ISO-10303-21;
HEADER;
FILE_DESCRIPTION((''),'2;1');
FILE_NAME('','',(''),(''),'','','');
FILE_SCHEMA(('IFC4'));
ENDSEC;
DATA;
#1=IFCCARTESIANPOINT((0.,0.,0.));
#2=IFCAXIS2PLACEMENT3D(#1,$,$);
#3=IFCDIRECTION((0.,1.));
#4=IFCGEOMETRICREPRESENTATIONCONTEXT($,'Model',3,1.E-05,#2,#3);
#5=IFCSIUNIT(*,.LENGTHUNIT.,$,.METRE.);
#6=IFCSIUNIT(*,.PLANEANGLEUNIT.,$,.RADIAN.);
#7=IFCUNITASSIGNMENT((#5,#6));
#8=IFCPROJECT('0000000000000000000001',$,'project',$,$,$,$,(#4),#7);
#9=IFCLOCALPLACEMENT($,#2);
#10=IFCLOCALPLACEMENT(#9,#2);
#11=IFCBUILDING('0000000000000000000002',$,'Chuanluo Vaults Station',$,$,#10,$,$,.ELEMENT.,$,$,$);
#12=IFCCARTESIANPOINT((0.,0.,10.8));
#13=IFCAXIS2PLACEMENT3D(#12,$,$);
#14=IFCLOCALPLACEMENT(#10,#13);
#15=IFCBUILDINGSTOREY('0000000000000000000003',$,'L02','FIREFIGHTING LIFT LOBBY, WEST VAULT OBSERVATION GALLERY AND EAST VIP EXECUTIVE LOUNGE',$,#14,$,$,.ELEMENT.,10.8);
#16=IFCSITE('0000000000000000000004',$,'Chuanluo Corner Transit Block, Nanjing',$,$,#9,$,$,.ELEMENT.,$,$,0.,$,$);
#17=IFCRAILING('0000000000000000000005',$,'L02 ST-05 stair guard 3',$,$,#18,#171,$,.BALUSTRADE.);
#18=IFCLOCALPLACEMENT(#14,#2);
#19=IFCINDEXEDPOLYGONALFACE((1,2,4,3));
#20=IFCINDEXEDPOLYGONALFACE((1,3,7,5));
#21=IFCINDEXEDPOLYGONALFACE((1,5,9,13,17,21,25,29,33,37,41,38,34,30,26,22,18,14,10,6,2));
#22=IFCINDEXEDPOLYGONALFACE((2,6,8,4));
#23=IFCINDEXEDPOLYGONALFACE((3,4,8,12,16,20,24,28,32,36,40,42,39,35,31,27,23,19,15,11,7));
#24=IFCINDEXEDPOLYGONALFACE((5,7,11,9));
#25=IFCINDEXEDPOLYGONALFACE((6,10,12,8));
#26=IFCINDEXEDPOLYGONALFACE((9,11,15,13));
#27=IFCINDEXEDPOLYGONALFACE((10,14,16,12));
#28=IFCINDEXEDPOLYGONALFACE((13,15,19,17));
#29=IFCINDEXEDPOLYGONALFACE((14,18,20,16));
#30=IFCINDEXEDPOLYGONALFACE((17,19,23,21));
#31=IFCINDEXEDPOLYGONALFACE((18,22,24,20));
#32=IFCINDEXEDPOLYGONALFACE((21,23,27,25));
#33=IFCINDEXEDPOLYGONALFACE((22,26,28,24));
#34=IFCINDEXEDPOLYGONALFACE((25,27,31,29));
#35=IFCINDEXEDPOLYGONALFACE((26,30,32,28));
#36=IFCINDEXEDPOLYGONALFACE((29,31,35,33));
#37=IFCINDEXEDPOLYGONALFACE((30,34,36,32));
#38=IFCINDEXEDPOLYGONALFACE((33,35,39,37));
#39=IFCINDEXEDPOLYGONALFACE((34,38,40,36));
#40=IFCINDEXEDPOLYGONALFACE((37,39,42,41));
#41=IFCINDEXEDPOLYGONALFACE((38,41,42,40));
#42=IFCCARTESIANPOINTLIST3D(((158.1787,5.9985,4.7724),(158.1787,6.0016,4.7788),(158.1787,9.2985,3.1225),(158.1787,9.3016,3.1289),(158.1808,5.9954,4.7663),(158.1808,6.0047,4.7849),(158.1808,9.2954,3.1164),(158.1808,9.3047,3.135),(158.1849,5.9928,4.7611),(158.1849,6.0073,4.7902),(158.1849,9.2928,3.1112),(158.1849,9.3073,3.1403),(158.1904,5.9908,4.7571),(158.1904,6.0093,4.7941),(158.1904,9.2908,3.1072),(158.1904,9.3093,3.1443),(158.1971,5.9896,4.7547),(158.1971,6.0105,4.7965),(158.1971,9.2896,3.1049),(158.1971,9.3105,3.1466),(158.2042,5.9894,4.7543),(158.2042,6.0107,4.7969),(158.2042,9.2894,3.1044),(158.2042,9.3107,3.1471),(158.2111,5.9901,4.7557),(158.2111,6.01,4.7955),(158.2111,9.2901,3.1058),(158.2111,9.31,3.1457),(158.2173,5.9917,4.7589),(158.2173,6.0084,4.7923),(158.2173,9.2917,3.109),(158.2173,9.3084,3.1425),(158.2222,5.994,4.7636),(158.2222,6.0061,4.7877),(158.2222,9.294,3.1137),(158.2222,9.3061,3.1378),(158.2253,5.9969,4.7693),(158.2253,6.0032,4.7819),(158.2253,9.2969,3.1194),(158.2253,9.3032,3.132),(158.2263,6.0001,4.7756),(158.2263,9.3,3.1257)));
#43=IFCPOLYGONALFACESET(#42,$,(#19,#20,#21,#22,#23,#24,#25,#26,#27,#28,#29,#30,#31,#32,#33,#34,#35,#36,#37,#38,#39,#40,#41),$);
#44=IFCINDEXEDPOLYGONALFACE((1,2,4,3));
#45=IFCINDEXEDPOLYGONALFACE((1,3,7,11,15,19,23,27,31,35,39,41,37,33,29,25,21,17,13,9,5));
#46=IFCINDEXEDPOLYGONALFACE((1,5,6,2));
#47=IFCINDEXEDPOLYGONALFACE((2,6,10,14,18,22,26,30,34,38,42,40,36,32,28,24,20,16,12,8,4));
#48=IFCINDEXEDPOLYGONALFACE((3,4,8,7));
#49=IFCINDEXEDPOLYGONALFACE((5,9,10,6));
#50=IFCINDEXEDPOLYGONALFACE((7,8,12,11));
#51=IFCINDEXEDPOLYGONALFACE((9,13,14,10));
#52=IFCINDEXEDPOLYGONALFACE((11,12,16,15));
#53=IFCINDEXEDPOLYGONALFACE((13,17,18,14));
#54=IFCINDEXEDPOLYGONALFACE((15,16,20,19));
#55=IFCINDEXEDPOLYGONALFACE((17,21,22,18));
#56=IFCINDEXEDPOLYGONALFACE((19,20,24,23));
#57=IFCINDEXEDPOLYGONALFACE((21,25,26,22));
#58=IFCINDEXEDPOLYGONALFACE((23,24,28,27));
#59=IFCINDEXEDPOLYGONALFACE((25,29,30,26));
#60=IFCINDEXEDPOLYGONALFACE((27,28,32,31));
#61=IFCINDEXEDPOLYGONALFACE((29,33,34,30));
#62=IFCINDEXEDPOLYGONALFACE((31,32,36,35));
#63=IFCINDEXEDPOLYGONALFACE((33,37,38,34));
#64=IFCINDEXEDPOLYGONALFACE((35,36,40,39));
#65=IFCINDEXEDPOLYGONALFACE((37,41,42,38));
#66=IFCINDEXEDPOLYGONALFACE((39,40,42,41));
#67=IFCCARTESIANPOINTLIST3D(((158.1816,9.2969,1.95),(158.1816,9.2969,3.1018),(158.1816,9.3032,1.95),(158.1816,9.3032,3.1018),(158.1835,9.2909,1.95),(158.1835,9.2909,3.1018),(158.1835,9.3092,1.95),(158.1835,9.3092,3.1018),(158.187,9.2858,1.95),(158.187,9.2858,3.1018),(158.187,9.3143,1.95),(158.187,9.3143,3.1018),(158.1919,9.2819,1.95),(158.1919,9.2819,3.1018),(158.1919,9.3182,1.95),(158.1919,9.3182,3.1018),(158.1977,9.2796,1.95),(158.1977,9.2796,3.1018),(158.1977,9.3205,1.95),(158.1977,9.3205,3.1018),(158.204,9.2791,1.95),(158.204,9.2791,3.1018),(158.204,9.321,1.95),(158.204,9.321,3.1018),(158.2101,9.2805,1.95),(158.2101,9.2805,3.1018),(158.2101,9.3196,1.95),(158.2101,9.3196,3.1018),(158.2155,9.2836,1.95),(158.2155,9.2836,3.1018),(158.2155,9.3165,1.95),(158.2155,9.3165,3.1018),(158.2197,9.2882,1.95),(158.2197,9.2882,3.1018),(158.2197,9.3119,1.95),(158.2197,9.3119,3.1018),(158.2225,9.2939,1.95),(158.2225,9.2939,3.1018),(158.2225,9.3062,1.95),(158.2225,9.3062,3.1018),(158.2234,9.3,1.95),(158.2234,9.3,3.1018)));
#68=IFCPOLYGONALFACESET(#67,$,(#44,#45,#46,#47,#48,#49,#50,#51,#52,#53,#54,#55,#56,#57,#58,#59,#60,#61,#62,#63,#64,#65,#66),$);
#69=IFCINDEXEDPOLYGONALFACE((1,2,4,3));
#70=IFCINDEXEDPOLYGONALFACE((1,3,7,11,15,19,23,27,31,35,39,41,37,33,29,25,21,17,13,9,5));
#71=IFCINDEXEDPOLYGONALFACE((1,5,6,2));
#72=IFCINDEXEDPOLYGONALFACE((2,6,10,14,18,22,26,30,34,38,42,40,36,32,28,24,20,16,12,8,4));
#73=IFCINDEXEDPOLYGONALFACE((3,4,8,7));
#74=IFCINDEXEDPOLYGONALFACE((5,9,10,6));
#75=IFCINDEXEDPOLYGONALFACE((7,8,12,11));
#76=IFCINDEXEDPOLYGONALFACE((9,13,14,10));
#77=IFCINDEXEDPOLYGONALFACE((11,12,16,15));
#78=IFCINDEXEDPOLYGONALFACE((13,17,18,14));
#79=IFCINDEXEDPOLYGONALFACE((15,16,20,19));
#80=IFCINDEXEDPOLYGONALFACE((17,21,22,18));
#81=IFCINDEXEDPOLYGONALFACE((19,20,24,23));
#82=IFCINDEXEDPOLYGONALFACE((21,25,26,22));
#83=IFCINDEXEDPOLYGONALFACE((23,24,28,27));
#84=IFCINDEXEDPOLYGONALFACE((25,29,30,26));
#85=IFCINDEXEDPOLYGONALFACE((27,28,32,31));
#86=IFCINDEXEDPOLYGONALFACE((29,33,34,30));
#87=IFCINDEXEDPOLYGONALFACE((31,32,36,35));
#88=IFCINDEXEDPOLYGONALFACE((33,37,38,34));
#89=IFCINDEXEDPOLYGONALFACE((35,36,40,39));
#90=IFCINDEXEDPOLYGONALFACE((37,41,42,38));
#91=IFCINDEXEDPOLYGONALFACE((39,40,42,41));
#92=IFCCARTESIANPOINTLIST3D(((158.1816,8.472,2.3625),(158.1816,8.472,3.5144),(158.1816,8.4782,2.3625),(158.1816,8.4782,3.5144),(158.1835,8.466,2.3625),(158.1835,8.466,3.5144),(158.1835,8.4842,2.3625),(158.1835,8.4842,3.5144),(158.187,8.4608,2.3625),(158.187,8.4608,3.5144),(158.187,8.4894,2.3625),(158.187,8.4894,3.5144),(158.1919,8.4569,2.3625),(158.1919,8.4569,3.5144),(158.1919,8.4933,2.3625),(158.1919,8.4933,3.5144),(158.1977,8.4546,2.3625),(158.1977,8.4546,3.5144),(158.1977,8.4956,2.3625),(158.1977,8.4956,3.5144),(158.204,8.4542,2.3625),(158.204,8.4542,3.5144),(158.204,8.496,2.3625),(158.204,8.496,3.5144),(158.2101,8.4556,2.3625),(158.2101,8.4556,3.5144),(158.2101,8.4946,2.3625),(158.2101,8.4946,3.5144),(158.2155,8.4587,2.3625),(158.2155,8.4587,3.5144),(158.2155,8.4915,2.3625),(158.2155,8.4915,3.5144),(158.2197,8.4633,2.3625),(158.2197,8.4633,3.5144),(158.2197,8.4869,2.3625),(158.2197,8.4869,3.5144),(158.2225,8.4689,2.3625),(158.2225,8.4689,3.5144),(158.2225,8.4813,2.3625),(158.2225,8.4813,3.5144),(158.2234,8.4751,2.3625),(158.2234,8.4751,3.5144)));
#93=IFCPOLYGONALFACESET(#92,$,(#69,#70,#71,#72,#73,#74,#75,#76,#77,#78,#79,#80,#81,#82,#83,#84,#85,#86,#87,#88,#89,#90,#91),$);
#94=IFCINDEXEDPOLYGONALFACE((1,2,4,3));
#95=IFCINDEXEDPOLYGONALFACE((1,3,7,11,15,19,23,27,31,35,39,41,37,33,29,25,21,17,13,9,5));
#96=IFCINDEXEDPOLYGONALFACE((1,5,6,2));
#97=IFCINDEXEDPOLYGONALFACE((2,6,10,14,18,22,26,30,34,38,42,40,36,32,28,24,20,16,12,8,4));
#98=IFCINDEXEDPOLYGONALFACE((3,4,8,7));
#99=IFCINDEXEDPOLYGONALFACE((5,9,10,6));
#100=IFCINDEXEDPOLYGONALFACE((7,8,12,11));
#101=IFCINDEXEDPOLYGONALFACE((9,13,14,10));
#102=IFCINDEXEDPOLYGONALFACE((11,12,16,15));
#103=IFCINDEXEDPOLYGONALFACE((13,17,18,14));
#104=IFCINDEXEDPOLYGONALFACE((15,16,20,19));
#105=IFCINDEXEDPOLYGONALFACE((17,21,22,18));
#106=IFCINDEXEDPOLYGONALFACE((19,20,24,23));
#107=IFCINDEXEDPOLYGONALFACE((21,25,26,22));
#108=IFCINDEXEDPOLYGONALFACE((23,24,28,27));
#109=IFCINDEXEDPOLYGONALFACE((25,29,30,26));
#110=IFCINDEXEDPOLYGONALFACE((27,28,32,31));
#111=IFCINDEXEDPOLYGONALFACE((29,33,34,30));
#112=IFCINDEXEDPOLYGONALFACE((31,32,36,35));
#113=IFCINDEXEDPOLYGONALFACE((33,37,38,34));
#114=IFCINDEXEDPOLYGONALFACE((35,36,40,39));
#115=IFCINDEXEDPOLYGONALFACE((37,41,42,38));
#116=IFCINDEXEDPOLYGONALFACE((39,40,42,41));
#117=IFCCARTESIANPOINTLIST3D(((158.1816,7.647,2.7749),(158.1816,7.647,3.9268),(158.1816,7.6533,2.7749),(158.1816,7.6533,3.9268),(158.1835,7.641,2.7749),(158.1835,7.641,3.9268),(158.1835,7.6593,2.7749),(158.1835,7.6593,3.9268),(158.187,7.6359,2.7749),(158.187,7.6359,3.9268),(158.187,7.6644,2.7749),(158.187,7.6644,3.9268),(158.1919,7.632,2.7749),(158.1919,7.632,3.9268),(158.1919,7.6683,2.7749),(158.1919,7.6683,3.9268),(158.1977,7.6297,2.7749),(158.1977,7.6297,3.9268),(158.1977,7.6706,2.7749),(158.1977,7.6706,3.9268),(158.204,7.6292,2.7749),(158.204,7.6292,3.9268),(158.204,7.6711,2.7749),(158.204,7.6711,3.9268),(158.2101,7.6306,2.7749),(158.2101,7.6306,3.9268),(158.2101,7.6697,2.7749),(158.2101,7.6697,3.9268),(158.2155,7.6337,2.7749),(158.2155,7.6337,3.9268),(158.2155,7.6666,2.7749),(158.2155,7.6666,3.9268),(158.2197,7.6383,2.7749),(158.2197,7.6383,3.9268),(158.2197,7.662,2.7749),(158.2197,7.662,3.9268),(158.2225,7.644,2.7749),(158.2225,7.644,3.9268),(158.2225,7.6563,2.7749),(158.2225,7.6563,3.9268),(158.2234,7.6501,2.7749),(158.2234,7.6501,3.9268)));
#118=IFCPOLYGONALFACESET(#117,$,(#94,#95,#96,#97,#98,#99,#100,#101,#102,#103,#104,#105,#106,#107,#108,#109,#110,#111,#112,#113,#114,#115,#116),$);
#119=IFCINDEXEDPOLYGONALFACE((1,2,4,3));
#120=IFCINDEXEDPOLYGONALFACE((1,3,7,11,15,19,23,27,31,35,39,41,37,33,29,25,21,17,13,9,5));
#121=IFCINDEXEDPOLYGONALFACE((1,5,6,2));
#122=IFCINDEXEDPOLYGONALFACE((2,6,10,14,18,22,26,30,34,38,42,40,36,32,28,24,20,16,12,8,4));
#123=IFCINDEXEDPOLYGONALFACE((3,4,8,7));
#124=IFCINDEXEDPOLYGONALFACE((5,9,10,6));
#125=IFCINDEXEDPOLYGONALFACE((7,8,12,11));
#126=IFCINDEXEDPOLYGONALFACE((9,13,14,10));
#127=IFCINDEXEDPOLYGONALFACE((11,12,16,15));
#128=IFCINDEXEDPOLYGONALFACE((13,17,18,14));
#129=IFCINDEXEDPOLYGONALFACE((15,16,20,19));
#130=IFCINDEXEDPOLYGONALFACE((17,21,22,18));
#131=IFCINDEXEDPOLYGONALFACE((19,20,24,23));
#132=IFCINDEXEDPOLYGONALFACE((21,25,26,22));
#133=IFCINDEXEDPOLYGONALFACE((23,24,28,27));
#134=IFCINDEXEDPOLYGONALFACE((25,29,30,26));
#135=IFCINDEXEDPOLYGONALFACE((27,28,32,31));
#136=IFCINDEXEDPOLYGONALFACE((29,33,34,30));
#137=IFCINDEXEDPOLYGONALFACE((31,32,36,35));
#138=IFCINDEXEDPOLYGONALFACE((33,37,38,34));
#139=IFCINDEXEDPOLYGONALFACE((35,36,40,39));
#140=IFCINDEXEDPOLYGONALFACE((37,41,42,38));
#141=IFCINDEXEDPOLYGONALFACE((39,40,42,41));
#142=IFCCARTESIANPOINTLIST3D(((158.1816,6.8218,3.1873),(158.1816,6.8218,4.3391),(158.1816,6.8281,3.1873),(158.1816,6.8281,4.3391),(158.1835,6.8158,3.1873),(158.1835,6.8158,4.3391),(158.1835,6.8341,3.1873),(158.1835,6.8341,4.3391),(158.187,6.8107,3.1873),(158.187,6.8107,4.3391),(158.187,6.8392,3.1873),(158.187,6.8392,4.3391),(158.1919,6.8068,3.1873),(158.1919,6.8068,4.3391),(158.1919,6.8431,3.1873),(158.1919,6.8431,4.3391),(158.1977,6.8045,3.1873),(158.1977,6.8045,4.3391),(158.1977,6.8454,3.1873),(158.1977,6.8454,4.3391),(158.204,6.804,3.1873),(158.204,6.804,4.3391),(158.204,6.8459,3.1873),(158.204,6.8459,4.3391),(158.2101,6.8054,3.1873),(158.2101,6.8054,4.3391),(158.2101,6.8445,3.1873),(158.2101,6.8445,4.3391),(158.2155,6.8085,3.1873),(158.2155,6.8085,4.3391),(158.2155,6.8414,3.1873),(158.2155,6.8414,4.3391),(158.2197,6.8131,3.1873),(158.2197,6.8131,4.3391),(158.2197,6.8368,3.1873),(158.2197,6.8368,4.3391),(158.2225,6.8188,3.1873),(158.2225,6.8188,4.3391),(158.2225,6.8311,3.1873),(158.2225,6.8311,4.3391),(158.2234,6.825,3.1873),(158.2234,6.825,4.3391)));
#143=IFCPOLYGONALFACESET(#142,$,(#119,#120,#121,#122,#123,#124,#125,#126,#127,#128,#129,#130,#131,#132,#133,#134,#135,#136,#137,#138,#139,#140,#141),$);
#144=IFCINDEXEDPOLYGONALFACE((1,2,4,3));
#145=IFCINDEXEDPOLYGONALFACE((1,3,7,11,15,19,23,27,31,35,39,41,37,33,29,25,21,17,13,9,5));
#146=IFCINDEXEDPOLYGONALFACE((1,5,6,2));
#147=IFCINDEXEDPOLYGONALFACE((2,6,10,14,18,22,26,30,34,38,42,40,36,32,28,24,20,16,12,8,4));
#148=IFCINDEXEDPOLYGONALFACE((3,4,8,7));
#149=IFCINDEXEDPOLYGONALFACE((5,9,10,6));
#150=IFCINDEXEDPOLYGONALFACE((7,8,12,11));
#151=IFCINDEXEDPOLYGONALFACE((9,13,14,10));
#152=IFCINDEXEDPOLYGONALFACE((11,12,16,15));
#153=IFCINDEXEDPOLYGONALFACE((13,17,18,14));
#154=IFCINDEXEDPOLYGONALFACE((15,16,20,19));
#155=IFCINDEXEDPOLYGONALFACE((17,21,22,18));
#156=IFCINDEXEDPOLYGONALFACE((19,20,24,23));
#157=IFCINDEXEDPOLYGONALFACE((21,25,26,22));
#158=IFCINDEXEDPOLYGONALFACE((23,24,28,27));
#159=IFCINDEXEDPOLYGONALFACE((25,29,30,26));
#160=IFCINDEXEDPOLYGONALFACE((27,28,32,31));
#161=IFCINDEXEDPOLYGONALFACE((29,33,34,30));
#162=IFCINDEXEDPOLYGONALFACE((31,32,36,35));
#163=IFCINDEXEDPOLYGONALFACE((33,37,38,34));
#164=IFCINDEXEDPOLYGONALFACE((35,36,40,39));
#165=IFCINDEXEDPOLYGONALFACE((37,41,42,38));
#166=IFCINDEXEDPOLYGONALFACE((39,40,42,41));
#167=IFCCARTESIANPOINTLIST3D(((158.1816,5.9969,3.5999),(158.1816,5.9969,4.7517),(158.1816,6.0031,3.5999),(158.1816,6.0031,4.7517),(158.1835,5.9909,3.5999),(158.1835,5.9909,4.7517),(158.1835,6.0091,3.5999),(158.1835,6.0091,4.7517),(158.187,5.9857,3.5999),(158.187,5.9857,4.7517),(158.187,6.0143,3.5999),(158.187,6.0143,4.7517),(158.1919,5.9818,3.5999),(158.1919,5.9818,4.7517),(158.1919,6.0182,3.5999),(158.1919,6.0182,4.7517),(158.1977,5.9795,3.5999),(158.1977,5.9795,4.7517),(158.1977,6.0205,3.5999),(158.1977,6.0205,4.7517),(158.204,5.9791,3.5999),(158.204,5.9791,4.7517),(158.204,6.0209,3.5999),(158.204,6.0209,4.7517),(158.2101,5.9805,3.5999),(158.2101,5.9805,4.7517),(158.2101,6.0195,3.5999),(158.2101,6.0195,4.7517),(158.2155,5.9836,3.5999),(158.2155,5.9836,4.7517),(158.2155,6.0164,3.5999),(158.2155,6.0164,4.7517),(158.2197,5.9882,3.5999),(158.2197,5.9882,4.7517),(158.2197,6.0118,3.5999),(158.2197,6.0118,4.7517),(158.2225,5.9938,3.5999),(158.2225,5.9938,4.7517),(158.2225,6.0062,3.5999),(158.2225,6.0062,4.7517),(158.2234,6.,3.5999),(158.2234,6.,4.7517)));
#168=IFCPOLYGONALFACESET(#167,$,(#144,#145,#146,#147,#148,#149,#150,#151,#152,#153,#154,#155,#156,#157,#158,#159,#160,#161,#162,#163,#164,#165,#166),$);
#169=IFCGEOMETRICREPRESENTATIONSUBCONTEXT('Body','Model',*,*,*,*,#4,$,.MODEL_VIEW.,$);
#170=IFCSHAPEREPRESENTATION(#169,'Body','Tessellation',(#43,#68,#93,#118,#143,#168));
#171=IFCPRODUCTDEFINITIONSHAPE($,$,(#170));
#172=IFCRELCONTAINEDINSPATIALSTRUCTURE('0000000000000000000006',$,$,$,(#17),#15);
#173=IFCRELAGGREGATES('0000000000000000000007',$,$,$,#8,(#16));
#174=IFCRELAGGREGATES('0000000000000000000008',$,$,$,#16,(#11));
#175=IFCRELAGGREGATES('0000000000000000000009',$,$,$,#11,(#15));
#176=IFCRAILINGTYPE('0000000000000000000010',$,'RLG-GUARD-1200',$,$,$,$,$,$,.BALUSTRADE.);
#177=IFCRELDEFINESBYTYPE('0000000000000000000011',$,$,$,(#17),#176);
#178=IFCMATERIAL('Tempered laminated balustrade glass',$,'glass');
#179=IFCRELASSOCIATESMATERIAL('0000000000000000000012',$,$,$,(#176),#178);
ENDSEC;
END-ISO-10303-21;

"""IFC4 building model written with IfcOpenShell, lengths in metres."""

from ifc_helpers import new_model, si_unit, direction, frame, origin, origin_2d, place, context, subcontext, project, spatial, circle, extrude, material, type_object, element, save


model = new_model("IFC4")

# Units and contexts
model_context = context("Model", 3, precision=1e-05, world=origin(), true_north=direction((0.0, 1.0)))
body_context = subcontext(model_context, "Body", "Model", "MODEL_VIEW")
ifc_project = project(units=[si_unit("LENGTHUNIT", "METRE"), si_unit("PLANEANGLEUNIT", "RADIAN")], contexts=[model_context])

# Site, building, storey
site_placement = place(None, origin())
site = spatial("IfcSite", under=ifc_project, at=site_placement, Name="Chuanluo Corner Transit Block, Nanjing", CompositionType="ELEMENT", RefElevation=0.0)
building_placement = place(site_placement, origin())
building = spatial("IfcBuilding", under=site, at=building_placement, Name="Chuanluo Vaults Station", CompositionType="ELEMENT")
storey_placement = place(building_placement, frame((0.0, 0.0, 10.8)))
storey = spatial("IfcBuildingStorey", under=building, at=storey_placement, Name="L02", Description="FIREFIGHTING LIFT LOBBY, WEST VAULT OBSERVATION GALLERY AND EAST VIP EXECUTIVE LOUNGE", CompositionType="ELEMENT", Elevation=10.8)

# Railing
ifc_material_1 = material(Name="Tempered laminated balustrade glass", Category="glass")
railing_type_1 = type_object("IfcRailingType", Name="RLG-GUARD-1200", PredefinedType="BALUSTRADE", material=ifc_material_1)
railing_1_placement = place(storey_placement, frame((158.2024, 9.3, 1.95)))
element("IfcRailing", 1, at=railing_1_placement, inside=storey, type_object=railing_type_1, Name="L02 ST-05 stair guard 3", PredefinedType="BALUSTRADE", context=body_context, shape_type="SweptSolid", body=[
    extrude(circle(Radius=0.0239, at=origin_2d()), frame((0.0, 0.0, 1.1758), z_axis=(0.0, -0.89444, 0.447187), x_axis=(1.0, 0.0, 0.0)), (0.0, 0.0, 1.0), 3.6895),
    extrude(circle(Radius=0.021, at=origin_2d()), origin(), (0.0, 0.0, 1.0), 1.1519),
    extrude(circle(Radius=0.021, at=origin_2d()), frame((0.0, -0.825, 0.4126)), (0.0, 0.0, 1.0), 1.1519),
    extrude(circle(Radius=0.021, at=origin_2d()), frame((0.0, -1.6499, 0.825)), (0.0, 0.0, 1.0), 1.1519),
    extrude(circle(Radius=0.021, at=origin_2d()), frame((0.0, -2.4751, 1.2373)), (0.0, 0.0, 1.0), 1.1519),
    extrude(circle(Radius=0.021, at=origin_2d()), frame((0.0, -3.3, 1.6499)), (0.0, 0.0, 1.0), 1.1519),
])

save(model, "model.ifc")
